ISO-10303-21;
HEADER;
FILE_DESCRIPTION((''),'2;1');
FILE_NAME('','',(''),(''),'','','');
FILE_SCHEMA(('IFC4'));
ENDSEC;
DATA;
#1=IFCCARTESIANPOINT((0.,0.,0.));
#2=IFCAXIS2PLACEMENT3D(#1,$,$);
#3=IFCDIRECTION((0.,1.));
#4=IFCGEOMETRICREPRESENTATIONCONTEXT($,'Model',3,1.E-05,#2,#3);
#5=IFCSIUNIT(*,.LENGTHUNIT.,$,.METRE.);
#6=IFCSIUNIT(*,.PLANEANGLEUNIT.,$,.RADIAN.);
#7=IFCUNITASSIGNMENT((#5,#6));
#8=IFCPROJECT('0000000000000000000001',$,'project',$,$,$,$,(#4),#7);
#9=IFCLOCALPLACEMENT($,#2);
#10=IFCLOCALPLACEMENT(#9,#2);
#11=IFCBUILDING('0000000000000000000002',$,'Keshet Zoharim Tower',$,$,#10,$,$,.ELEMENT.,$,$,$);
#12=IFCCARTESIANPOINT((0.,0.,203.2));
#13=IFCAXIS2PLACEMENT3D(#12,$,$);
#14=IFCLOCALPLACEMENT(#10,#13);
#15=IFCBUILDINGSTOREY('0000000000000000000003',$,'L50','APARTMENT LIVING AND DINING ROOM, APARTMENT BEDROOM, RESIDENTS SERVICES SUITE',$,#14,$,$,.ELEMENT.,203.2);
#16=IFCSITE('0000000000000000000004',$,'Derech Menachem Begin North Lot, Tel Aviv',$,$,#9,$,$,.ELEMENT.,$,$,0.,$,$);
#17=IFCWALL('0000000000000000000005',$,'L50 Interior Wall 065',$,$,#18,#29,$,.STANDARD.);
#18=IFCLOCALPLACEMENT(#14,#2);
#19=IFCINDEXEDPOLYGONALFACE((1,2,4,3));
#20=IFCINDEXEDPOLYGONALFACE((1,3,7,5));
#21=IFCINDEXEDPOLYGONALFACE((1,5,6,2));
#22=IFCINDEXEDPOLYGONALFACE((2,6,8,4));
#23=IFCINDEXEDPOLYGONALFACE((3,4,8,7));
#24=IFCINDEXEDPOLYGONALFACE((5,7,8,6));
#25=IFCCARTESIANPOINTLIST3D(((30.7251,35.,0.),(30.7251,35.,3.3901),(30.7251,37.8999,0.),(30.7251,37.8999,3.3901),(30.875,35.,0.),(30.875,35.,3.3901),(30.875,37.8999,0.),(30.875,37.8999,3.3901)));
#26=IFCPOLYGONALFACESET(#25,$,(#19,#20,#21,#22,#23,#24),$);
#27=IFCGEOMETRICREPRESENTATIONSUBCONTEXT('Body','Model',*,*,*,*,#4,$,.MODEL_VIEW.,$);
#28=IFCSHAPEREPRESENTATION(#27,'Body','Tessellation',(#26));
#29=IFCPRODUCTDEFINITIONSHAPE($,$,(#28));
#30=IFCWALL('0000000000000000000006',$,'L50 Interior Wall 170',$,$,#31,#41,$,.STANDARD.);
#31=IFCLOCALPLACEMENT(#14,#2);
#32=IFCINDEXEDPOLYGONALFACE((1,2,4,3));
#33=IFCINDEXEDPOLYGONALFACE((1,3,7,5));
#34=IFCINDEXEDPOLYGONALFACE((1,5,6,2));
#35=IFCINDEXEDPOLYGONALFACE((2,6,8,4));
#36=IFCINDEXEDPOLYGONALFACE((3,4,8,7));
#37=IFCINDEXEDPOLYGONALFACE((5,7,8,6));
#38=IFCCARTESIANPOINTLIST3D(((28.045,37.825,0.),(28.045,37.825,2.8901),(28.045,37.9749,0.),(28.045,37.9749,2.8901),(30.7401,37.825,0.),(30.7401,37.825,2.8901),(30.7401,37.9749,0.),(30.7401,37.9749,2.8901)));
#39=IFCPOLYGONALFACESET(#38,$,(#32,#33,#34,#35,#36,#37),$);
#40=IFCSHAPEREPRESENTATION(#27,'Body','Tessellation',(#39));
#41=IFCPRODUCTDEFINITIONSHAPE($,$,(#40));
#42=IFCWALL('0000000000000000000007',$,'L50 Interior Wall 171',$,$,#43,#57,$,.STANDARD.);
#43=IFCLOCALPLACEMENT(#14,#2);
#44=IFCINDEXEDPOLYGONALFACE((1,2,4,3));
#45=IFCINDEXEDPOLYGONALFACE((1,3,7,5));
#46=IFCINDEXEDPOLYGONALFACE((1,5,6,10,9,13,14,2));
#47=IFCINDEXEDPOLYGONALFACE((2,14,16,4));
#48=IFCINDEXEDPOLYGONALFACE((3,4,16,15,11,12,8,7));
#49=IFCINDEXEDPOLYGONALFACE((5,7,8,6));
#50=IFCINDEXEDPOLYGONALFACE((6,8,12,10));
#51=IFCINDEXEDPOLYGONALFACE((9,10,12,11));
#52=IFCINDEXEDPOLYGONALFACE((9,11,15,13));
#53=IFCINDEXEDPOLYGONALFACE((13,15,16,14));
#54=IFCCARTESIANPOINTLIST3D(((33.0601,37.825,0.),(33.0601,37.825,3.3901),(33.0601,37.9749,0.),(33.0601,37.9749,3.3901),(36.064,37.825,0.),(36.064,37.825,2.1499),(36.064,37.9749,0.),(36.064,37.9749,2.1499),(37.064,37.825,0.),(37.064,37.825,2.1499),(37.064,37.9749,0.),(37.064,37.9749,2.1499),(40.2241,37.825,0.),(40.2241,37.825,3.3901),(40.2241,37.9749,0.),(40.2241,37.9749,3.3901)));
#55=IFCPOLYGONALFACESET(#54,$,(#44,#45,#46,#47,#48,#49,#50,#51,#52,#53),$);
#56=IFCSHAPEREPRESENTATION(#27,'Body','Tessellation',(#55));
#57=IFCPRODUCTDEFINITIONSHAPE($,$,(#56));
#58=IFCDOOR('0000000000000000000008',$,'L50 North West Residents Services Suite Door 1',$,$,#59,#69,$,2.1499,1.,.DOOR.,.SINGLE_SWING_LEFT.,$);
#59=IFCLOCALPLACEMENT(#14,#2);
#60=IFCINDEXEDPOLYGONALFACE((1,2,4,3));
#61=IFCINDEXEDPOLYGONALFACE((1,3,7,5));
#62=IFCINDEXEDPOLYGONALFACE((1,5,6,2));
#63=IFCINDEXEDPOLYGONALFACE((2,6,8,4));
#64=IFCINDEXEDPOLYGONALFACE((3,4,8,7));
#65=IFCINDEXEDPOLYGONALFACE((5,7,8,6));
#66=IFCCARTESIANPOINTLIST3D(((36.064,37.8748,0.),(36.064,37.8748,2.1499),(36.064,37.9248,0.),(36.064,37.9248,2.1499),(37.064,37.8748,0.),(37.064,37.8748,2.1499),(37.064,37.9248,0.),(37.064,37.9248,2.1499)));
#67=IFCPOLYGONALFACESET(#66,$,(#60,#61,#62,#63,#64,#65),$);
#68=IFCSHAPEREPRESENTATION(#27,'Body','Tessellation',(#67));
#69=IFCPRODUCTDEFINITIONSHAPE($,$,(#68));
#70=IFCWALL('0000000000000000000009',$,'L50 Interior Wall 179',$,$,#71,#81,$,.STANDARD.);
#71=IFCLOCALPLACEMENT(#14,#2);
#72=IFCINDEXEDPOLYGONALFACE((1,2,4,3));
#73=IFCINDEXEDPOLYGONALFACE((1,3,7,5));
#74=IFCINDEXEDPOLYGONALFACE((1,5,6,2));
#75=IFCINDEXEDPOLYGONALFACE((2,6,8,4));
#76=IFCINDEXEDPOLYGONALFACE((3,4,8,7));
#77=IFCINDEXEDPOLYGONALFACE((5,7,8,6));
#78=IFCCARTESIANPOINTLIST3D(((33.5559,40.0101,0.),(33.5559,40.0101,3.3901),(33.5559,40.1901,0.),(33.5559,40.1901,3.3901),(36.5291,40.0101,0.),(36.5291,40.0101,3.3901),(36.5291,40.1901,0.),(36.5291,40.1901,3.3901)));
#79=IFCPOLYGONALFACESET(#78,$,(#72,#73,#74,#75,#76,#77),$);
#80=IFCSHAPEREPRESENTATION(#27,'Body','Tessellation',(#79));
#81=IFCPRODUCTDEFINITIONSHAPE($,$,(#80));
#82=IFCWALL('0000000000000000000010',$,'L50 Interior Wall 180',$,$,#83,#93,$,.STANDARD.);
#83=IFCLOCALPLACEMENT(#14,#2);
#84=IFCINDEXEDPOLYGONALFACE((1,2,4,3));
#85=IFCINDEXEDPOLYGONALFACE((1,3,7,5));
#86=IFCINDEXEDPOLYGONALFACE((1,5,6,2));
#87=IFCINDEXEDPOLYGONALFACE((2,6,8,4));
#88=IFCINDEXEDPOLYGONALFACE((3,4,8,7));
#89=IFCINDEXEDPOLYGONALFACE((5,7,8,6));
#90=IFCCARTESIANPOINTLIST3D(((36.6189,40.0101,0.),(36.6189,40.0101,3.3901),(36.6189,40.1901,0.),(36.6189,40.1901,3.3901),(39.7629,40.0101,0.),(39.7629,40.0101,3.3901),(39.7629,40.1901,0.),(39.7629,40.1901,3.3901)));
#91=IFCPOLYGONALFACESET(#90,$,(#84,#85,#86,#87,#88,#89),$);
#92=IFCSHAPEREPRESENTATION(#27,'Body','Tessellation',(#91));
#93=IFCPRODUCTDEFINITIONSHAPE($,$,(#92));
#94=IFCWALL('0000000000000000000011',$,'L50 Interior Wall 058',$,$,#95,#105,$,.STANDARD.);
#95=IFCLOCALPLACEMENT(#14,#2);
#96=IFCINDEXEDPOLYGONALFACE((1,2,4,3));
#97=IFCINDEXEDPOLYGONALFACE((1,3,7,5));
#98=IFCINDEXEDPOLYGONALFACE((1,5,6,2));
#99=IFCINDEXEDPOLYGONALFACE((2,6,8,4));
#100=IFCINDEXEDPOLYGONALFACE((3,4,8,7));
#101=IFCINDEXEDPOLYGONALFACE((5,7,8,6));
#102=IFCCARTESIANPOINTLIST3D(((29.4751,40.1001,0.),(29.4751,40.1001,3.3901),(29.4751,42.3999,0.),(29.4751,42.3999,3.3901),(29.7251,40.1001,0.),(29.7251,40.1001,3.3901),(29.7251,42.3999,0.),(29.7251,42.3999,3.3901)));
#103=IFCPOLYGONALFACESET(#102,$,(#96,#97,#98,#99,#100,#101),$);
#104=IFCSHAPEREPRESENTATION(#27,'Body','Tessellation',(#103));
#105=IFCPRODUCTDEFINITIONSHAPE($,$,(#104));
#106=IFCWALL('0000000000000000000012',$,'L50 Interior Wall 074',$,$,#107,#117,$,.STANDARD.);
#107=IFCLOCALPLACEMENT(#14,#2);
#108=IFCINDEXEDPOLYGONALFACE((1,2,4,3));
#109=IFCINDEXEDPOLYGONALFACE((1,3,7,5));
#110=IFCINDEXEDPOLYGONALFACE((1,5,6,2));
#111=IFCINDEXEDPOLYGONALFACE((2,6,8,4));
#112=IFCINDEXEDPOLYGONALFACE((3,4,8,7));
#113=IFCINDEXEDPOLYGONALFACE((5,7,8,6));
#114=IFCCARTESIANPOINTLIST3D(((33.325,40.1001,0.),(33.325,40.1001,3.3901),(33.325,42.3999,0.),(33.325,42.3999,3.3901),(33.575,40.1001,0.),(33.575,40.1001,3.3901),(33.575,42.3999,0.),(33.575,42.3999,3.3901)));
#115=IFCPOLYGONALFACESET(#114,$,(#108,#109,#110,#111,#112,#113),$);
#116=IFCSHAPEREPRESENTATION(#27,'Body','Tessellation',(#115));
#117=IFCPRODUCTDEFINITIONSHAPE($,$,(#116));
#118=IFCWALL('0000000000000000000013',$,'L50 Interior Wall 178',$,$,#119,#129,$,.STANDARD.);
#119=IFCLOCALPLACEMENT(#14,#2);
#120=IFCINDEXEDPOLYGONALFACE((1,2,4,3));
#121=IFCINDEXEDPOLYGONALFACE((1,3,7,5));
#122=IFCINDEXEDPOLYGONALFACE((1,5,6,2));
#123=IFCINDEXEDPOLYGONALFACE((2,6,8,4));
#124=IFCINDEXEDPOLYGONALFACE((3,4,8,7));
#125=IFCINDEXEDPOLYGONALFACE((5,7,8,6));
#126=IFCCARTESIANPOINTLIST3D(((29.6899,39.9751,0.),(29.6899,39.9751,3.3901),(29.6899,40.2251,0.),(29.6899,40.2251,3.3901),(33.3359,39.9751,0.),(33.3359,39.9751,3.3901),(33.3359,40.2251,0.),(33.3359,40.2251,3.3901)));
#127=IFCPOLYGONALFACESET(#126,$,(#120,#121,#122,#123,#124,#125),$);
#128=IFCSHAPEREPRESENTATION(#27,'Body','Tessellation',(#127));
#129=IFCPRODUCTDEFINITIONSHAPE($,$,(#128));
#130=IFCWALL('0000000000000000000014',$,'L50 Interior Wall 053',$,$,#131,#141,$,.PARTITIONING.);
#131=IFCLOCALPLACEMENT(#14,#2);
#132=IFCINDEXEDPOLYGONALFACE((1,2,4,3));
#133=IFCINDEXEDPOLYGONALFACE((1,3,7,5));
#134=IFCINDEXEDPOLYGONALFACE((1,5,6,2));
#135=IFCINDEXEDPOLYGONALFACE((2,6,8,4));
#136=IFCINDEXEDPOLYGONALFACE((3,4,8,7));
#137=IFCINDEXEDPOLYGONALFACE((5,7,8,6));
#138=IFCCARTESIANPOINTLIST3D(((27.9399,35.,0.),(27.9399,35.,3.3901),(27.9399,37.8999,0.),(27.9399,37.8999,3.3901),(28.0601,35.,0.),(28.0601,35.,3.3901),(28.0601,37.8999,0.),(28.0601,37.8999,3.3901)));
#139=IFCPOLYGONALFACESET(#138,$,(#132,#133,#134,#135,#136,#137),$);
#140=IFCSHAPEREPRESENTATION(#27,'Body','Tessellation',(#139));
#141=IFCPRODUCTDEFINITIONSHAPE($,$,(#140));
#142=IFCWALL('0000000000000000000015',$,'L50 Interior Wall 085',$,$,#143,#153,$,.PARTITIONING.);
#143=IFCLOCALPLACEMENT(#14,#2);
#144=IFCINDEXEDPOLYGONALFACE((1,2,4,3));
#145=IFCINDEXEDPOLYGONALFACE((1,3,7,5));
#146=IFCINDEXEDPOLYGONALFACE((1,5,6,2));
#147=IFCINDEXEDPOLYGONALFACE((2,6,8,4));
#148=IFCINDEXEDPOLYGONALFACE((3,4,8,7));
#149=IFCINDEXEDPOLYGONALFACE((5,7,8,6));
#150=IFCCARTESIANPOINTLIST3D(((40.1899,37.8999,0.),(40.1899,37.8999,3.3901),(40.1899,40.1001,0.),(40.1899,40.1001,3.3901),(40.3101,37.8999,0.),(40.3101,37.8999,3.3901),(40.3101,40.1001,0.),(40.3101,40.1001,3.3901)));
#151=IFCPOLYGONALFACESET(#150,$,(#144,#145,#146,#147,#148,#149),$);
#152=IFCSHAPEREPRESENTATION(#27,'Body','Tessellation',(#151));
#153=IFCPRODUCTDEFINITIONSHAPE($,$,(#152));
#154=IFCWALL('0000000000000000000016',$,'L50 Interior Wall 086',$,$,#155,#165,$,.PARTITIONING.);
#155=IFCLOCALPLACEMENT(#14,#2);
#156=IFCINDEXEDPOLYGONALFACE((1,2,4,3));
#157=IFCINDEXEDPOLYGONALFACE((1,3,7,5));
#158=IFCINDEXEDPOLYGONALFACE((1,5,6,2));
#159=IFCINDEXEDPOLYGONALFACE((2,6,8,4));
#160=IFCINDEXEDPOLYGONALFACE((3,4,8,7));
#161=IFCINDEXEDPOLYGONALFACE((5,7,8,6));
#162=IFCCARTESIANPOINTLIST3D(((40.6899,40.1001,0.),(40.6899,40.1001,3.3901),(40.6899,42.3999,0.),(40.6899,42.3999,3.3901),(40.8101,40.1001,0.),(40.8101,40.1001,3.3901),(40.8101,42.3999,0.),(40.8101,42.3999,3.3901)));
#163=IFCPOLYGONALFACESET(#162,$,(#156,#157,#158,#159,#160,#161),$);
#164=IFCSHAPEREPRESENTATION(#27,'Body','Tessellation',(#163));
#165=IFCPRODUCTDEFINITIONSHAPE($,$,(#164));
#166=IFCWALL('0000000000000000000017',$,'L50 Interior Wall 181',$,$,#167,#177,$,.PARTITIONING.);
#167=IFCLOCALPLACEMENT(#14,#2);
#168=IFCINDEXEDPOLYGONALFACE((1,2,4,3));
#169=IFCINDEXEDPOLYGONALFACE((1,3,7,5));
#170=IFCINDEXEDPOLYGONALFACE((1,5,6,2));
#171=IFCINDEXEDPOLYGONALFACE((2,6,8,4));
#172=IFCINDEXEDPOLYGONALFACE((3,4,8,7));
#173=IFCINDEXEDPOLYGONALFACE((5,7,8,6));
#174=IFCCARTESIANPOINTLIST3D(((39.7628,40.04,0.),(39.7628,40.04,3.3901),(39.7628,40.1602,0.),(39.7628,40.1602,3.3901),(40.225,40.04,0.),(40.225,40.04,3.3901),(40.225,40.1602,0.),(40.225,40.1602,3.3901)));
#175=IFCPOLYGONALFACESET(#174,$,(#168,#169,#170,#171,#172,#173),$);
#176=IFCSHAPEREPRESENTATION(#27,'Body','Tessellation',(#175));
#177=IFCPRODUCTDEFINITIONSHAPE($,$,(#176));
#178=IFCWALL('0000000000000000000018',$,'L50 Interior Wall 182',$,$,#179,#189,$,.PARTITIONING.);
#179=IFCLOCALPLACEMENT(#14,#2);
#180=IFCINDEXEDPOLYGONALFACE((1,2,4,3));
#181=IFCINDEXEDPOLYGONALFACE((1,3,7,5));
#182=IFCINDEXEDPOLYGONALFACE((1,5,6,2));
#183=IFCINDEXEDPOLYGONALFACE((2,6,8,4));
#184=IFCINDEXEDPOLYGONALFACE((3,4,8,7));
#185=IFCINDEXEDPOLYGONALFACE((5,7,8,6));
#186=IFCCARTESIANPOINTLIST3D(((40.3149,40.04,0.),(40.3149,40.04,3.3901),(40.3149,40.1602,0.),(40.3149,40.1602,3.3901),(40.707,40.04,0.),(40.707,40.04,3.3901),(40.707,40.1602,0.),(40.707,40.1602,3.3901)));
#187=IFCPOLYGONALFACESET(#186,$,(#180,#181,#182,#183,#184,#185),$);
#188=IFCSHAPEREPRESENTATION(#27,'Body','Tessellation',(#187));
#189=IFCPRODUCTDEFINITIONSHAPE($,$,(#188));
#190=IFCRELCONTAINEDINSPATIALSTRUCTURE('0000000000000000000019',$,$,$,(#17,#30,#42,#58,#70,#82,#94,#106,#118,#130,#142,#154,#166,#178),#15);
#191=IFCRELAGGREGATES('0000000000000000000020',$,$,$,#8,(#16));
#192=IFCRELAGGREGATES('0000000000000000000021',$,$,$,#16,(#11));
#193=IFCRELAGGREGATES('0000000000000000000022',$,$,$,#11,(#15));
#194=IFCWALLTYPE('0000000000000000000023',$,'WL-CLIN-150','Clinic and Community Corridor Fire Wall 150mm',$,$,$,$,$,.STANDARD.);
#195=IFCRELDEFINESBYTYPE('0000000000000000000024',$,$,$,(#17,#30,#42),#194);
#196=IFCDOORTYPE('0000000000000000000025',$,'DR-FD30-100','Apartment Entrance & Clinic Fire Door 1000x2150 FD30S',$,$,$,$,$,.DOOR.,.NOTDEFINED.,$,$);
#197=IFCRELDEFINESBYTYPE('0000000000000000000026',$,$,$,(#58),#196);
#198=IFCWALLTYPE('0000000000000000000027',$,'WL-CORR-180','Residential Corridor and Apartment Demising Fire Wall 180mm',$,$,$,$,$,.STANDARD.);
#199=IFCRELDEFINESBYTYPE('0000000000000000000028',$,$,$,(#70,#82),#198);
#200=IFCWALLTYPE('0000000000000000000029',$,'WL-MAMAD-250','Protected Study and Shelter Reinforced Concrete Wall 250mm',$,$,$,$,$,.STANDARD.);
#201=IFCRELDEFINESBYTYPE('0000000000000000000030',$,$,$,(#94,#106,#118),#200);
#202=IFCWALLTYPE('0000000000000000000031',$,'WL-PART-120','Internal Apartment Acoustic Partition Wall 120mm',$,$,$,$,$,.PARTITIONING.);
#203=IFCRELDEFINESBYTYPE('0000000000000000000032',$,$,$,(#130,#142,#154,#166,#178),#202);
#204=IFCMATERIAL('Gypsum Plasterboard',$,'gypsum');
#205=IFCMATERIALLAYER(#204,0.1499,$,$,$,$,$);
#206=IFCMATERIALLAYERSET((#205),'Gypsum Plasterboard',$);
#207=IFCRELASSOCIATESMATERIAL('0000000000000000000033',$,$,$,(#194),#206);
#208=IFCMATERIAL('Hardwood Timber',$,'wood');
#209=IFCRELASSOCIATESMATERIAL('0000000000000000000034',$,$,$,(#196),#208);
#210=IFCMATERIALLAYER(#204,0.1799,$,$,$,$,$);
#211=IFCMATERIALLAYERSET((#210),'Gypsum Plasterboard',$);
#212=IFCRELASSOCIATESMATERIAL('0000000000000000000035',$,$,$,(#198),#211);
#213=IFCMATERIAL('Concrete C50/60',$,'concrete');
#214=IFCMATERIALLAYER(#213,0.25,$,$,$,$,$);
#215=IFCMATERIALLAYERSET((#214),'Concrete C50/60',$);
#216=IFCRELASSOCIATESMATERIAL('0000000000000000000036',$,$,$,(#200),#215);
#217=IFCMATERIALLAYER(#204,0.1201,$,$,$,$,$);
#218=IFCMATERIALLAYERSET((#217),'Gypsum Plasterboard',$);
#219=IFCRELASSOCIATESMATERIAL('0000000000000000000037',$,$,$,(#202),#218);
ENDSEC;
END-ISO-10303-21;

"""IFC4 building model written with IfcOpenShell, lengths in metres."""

from ifc_helpers import new_model, si_unit, direction, frame, frame_2d, origin, place, context, subcontext, project, spatial, rectangle, extrude, material, layer, layer_set, type_object, element, fill, save


model = new_model("IFC4")

# Units and contexts
model_context = context("Model", 3, precision=1e-05, world=origin(), true_north=direction((0.0, 1.0)))
body_context = subcontext(model_context, "Body", "Model", "MODEL_VIEW")
ifc_project = project(units=[si_unit("LENGTHUNIT", "METRE"), si_unit("PLANEANGLEUNIT", "RADIAN")], contexts=[model_context])

# Site, building, storey
site_placement = place(None, origin())
site = spatial("IfcSite", under=ifc_project, at=site_placement, Name="Derech Menachem Begin North Lot, Tel Aviv", CompositionType="ELEMENT", RefElevation=0.0)
building_placement = place(site_placement, origin())
building = spatial("IfcBuilding", under=site, at=building_placement, Name="Keshet Zoharim Tower", CompositionType="ELEMENT")
storey_placement = place(building_placement, frame((0.0, 0.0, 203.2)))
storey = spatial("IfcBuildingStorey", under=building, at=storey_placement, Name="L50", Description="APARTMENT LIVING AND DINING ROOM, APARTMENT BEDROOM, RESIDENTS SERVICES SUITE", CompositionType="ELEMENT", Elevation=203.2)

# Walls
ifc_material_1 = material(Name="Gypsum Plasterboard", Category="gypsum")
ifc_layer_1 = layer(ifc_material_1, 0.1499)
ifc_layer_set_1 = layer_set([ifc_layer_1], Name="Gypsum Plasterboard")
wall_type_1 = type_object("IfcWallType", Name="WL-CLIN-150", Description="Clinic and Community Corridor Fire Wall 150mm", PredefinedType="STANDARD", material=ifc_layer_set_1)
wall_1_placement = place(storey_placement, frame((30.8, 35.0, 0.0), z_axis=(0.0, 0.0, 1.0), x_axis=(0.0, 1.0, 0.0)))
element("IfcWall", 1, at=wall_1_placement, inside=storey, type_object=wall_type_1, Name="L50 Interior Wall 065", PredefinedType="STANDARD", context=body_context, shape_type="SweptSolid", body=[
    extrude(rectangle(XDim=2.8999, YDim=0.1499, at=frame_2d((1.45, 0.0))), origin(), (0.0, 0.0, 1.0), 3.3901),
])
wall_2_placement = place(storey_placement, frame((28.0449, 37.8999, 0.0), z_axis=(0.0, 0.0, 1.0), x_axis=(1.0, 0.0, 0.0)))
element("IfcWall", 2, at=wall_2_placement, inside=storey, type_object=wall_type_1, Name="L50 Interior Wall 170", PredefinedType="STANDARD", context=body_context, shape_type="SweptSolid", body=[
    extrude(rectangle(XDim=2.6951, YDim=0.1499, at=frame_2d((1.3477, 0.0))), origin(), (0.0, 0.0, 1.0), 2.8901),
])

# Wall, opening, door
wall_3_placement = place(storey_placement, frame((33.0601, 37.8999, 0.0), z_axis=(0.0, 0.0, 1.0), x_axis=(1.0, 0.0, 0.0)))
wall_3 = element("IfcWall", 3, at=wall_3_placement, inside=storey, type_object=wall_type_1, Name="L50 Interior Wall 171", PredefinedType="STANDARD", context=body_context, shape_type="SweptSolid", body=[
    extrude(rectangle(XDim=7.1641, YDim=0.1499, at=frame_2d((3.582, 0.0))), origin(), (0.0, 0.0, 1.0), 3.3901),
])
opening_1_placement = place(wall_3_placement, frame((3.0039, 0.0, 0.0)))
opening_1 = element("IfcOpeningElement", 4, at=opening_1_placement, cuts=wall_3, PredefinedType="OPENING", context=body_context, shape_type="SweptSolid", body=[
    extrude(rectangle(XDim=1.0, YDim=2.1499, at=frame_2d((0.5, 1.075))), frame((0.0, 0.085, 0.0), z_axis=(0.0, -1.0, 0.0), x_axis=(1.0, 0.0, 0.0)), (0.0, 0.0, 1.0), 0.1699),
])
ifc_material_2 = material(Name="Hardwood Timber", Category="wood")
door_type_1 = type_object("IfcDoorType", Name="DR-FD30-100", Description="Apartment Entrance & Clinic Fire Door 1000x2150 FD30S", OperationType="NOTDEFINED", PredefinedType="DOOR", material=ifc_material_2)
door_1_placement = place(opening_1_placement, origin())
door_1 = element("IfcDoor", 5, at=door_1_placement, inside=storey, type_object=door_type_1, Name="L50 North West Residents Services Suite Door 1", OperationType="SINGLE_SWING_LEFT", OverallHeight=2.1499, OverallWidth=1.0, PredefinedType="DOOR", context=body_context, shape_type="SweptSolid", body=[
    extrude(rectangle(XDim=1.0, YDim=2.1499, at=frame_2d((0.5, 1.075))), frame((0.0, 0.0249, 0.0), z_axis=(0.0, -1.0, 0.0), x_axis=(1.0, 0.0, 0.0)), (0.0, 0.0, 1.0), 0.05),
])
fill(opening_1, door_1)

# Walls
ifc_layer_2 = layer(ifc_material_1, 0.1799)
ifc_layer_set_2 = layer_set([ifc_layer_2], Name="Gypsum Plasterboard")
wall_type_2 = type_object("IfcWallType", Name="WL-CORR-180", Description="Residential Corridor and Apartment Demising Fire Wall 180mm", PredefinedType="STANDARD", material=ifc_layer_set_2)
wall_4_placement = place(storey_placement, frame((33.5559, 40.1001, 0.0), z_axis=(0.0, 0.0, 1.0), x_axis=(1.0, 0.0, 0.0)))
element("IfcWall", 6, at=wall_4_placement, inside=storey, type_object=wall_type_2, Name="L50 Interior Wall 179", PredefinedType="STANDARD", context=body_context, shape_type="SweptSolid", body=[
    extrude(rectangle(XDim=2.9731, YDim=0.1799, at=frame_2d((1.4866, 0.0))), origin(), (0.0, 0.0, 1.0), 3.3901),
])
wall_5_placement = place(storey_placement, frame((36.6189, 40.1001, 0.0), z_axis=(0.0, 0.0, 1.0), x_axis=(1.0, 0.0, 0.0)))
element("IfcWall", 7, at=wall_5_placement, inside=storey, type_object=wall_type_2, Name="L50 Interior Wall 180", PredefinedType="STANDARD", context=body_context, shape_type="SweptSolid", body=[
    extrude(rectangle(XDim=3.144, YDim=0.1799, at=frame_2d((1.572, 0.0))), origin(), (0.0, 0.0, 1.0), 3.3901),
])
ifc_material_3 = material(Name="Concrete C50/60", Category="concrete")
ifc_layer_3 = layer(ifc_material_3, 0.25)
ifc_layer_set_3 = layer_set([ifc_layer_3], Name="Concrete C50/60")
wall_type_3 = type_object("IfcWallType", Name="WL-MAMAD-250", Description="Protected Study and Shelter Reinforced Concrete Wall 250mm", PredefinedType="STANDARD", material=ifc_layer_set_3)
for number, where, z_axis, x_axis, name in (
    (8, (29.6001, 40.1001, 0.0), (0.0, 0.0, 1.0), (0.0, 1.0, 0.0), "L50 Interior Wall 058"),
    (9, (33.45, 40.1001, 0.0), (0.0, 0.0, 1.0), (0.0, 1.0, 0.0), "L50 Interior Wall 074"),
):
    element("IfcWall", number, at=place(storey_placement, frame(where, z_axis=z_axis, x_axis=x_axis)), inside=storey, type_object=wall_type_3, Name=name, PredefinedType="STANDARD", context=body_context, shape_type="SweptSolid", body=[
        extrude(rectangle(XDim=2.2998, YDim=0.25, at=frame_2d((1.1499, 0.0))), origin(), (0.0, 0.0, 1.0), 3.3901),
    ])
wall_6_placement = place(storey_placement, frame((29.6899, 40.1001, 0.0), z_axis=(0.0, 0.0, 1.0), x_axis=(1.0, 0.0, 0.0)))
element("IfcWall", 10, at=wall_6_placement, inside=storey, type_object=wall_type_3, Name="L50 Interior Wall 178", PredefinedType="STANDARD", context=body_context, shape_type="SweptSolid", body=[
    extrude(rectangle(XDim=3.646, YDim=0.25, at=frame_2d((1.823, 0.0))), origin(), (0.0, 0.0, 1.0), 3.3901),
])

# Walls
ifc_layer_4 = layer(ifc_material_1, 0.1201)
ifc_layer_set_4 = layer_set([ifc_layer_4], Name="Gypsum Plasterboard")
wall_type_4 = type_object("IfcWallType", Name="WL-PART-120", Description="Internal Apartment Acoustic Partition Wall 120mm", PredefinedType="PARTITIONING", material=ifc_layer_set_4)
wall_7_placement = place(storey_placement, frame((28.0, 35.0, 0.0), z_axis=(0.0, 0.0, 1.0), x_axis=(0.0, 1.0, 0.0)))
element("IfcWall", 11, at=wall_7_placement, inside=storey, type_object=wall_type_4, Name="L50 Interior Wall 053", PredefinedType="PARTITIONING", context=body_context, shape_type="SweptSolid", body=[
    extrude(rectangle(XDim=2.8999, YDim=0.1201, at=frame_2d((1.45, 0.0))), origin(), (0.0, 0.0, 1.0), 3.3901),
])
wall_8_placement = place(storey_placement, frame((40.25, 37.8999, 0.0), z_axis=(0.0, 0.0, 1.0), x_axis=(0.0, 1.0, 0.0)))
element("IfcWall", 12, at=wall_8_placement, inside=storey, type_object=wall_type_4, Name="L50 Interior Wall 085", PredefinedType="PARTITIONING", context=body_context, shape_type="SweptSolid", body=[
    extrude(rectangle(XDim=2.2002, YDim=0.1201, at=frame_2d((1.1001, 0.0))), origin(), (0.0, 0.0, 1.0), 3.3901),
])
wall_9_placement = place(storey_placement, frame((40.75, 40.1001, 0.0), z_axis=(0.0, 0.0, 1.0), x_axis=(0.0, 1.0, 0.0)))
element("IfcWall", 13, at=wall_9_placement, inside=storey, type_object=wall_type_4, Name="L50 Interior Wall 086", PredefinedType="PARTITIONING", context=body_context, shape_type="SweptSolid", body=[
    extrude(rectangle(XDim=2.2998, YDim=0.1201, at=frame_2d((1.1499, 0.0))), origin(), (0.0, 0.0, 1.0), 3.3901),
])
wall_10_placement = place(storey_placement, frame((39.7629, 40.1001, 0.0), z_axis=(0.0, 0.0, 1.0), x_axis=(1.0, 0.0, 0.0)))
element("IfcWall", 14, at=wall_10_placement, inside=storey, type_object=wall_type_4, Name="L50 Interior Wall 181", PredefinedType="PARTITIONING", context=body_context, shape_type="SweptSolid", body=[
    extrude(rectangle(XDim=0.4622, YDim=0.1201, at=frame_2d((0.231, 0.0))), origin(), (0.0, 0.0, 1.0), 3.3901),
])
wall_11_placement = place(storey_placement, frame((40.3149, 40.1001, 0.0), z_axis=(0.0, 0.0, 1.0), x_axis=(1.0, 0.0, 0.0)))
element("IfcWall", 15, at=wall_11_placement, inside=storey, type_object=wall_type_4, Name="L50 Interior Wall 182", PredefinedType="PARTITIONING", context=body_context, shape_type="SweptSolid", body=[
    extrude(rectangle(XDim=0.3921, YDim=0.1201, at=frame_2d((0.196, 0.0))), origin(), (0.0, 0.0, 1.0), 3.3901),
])

save(model, "model.ifc")
